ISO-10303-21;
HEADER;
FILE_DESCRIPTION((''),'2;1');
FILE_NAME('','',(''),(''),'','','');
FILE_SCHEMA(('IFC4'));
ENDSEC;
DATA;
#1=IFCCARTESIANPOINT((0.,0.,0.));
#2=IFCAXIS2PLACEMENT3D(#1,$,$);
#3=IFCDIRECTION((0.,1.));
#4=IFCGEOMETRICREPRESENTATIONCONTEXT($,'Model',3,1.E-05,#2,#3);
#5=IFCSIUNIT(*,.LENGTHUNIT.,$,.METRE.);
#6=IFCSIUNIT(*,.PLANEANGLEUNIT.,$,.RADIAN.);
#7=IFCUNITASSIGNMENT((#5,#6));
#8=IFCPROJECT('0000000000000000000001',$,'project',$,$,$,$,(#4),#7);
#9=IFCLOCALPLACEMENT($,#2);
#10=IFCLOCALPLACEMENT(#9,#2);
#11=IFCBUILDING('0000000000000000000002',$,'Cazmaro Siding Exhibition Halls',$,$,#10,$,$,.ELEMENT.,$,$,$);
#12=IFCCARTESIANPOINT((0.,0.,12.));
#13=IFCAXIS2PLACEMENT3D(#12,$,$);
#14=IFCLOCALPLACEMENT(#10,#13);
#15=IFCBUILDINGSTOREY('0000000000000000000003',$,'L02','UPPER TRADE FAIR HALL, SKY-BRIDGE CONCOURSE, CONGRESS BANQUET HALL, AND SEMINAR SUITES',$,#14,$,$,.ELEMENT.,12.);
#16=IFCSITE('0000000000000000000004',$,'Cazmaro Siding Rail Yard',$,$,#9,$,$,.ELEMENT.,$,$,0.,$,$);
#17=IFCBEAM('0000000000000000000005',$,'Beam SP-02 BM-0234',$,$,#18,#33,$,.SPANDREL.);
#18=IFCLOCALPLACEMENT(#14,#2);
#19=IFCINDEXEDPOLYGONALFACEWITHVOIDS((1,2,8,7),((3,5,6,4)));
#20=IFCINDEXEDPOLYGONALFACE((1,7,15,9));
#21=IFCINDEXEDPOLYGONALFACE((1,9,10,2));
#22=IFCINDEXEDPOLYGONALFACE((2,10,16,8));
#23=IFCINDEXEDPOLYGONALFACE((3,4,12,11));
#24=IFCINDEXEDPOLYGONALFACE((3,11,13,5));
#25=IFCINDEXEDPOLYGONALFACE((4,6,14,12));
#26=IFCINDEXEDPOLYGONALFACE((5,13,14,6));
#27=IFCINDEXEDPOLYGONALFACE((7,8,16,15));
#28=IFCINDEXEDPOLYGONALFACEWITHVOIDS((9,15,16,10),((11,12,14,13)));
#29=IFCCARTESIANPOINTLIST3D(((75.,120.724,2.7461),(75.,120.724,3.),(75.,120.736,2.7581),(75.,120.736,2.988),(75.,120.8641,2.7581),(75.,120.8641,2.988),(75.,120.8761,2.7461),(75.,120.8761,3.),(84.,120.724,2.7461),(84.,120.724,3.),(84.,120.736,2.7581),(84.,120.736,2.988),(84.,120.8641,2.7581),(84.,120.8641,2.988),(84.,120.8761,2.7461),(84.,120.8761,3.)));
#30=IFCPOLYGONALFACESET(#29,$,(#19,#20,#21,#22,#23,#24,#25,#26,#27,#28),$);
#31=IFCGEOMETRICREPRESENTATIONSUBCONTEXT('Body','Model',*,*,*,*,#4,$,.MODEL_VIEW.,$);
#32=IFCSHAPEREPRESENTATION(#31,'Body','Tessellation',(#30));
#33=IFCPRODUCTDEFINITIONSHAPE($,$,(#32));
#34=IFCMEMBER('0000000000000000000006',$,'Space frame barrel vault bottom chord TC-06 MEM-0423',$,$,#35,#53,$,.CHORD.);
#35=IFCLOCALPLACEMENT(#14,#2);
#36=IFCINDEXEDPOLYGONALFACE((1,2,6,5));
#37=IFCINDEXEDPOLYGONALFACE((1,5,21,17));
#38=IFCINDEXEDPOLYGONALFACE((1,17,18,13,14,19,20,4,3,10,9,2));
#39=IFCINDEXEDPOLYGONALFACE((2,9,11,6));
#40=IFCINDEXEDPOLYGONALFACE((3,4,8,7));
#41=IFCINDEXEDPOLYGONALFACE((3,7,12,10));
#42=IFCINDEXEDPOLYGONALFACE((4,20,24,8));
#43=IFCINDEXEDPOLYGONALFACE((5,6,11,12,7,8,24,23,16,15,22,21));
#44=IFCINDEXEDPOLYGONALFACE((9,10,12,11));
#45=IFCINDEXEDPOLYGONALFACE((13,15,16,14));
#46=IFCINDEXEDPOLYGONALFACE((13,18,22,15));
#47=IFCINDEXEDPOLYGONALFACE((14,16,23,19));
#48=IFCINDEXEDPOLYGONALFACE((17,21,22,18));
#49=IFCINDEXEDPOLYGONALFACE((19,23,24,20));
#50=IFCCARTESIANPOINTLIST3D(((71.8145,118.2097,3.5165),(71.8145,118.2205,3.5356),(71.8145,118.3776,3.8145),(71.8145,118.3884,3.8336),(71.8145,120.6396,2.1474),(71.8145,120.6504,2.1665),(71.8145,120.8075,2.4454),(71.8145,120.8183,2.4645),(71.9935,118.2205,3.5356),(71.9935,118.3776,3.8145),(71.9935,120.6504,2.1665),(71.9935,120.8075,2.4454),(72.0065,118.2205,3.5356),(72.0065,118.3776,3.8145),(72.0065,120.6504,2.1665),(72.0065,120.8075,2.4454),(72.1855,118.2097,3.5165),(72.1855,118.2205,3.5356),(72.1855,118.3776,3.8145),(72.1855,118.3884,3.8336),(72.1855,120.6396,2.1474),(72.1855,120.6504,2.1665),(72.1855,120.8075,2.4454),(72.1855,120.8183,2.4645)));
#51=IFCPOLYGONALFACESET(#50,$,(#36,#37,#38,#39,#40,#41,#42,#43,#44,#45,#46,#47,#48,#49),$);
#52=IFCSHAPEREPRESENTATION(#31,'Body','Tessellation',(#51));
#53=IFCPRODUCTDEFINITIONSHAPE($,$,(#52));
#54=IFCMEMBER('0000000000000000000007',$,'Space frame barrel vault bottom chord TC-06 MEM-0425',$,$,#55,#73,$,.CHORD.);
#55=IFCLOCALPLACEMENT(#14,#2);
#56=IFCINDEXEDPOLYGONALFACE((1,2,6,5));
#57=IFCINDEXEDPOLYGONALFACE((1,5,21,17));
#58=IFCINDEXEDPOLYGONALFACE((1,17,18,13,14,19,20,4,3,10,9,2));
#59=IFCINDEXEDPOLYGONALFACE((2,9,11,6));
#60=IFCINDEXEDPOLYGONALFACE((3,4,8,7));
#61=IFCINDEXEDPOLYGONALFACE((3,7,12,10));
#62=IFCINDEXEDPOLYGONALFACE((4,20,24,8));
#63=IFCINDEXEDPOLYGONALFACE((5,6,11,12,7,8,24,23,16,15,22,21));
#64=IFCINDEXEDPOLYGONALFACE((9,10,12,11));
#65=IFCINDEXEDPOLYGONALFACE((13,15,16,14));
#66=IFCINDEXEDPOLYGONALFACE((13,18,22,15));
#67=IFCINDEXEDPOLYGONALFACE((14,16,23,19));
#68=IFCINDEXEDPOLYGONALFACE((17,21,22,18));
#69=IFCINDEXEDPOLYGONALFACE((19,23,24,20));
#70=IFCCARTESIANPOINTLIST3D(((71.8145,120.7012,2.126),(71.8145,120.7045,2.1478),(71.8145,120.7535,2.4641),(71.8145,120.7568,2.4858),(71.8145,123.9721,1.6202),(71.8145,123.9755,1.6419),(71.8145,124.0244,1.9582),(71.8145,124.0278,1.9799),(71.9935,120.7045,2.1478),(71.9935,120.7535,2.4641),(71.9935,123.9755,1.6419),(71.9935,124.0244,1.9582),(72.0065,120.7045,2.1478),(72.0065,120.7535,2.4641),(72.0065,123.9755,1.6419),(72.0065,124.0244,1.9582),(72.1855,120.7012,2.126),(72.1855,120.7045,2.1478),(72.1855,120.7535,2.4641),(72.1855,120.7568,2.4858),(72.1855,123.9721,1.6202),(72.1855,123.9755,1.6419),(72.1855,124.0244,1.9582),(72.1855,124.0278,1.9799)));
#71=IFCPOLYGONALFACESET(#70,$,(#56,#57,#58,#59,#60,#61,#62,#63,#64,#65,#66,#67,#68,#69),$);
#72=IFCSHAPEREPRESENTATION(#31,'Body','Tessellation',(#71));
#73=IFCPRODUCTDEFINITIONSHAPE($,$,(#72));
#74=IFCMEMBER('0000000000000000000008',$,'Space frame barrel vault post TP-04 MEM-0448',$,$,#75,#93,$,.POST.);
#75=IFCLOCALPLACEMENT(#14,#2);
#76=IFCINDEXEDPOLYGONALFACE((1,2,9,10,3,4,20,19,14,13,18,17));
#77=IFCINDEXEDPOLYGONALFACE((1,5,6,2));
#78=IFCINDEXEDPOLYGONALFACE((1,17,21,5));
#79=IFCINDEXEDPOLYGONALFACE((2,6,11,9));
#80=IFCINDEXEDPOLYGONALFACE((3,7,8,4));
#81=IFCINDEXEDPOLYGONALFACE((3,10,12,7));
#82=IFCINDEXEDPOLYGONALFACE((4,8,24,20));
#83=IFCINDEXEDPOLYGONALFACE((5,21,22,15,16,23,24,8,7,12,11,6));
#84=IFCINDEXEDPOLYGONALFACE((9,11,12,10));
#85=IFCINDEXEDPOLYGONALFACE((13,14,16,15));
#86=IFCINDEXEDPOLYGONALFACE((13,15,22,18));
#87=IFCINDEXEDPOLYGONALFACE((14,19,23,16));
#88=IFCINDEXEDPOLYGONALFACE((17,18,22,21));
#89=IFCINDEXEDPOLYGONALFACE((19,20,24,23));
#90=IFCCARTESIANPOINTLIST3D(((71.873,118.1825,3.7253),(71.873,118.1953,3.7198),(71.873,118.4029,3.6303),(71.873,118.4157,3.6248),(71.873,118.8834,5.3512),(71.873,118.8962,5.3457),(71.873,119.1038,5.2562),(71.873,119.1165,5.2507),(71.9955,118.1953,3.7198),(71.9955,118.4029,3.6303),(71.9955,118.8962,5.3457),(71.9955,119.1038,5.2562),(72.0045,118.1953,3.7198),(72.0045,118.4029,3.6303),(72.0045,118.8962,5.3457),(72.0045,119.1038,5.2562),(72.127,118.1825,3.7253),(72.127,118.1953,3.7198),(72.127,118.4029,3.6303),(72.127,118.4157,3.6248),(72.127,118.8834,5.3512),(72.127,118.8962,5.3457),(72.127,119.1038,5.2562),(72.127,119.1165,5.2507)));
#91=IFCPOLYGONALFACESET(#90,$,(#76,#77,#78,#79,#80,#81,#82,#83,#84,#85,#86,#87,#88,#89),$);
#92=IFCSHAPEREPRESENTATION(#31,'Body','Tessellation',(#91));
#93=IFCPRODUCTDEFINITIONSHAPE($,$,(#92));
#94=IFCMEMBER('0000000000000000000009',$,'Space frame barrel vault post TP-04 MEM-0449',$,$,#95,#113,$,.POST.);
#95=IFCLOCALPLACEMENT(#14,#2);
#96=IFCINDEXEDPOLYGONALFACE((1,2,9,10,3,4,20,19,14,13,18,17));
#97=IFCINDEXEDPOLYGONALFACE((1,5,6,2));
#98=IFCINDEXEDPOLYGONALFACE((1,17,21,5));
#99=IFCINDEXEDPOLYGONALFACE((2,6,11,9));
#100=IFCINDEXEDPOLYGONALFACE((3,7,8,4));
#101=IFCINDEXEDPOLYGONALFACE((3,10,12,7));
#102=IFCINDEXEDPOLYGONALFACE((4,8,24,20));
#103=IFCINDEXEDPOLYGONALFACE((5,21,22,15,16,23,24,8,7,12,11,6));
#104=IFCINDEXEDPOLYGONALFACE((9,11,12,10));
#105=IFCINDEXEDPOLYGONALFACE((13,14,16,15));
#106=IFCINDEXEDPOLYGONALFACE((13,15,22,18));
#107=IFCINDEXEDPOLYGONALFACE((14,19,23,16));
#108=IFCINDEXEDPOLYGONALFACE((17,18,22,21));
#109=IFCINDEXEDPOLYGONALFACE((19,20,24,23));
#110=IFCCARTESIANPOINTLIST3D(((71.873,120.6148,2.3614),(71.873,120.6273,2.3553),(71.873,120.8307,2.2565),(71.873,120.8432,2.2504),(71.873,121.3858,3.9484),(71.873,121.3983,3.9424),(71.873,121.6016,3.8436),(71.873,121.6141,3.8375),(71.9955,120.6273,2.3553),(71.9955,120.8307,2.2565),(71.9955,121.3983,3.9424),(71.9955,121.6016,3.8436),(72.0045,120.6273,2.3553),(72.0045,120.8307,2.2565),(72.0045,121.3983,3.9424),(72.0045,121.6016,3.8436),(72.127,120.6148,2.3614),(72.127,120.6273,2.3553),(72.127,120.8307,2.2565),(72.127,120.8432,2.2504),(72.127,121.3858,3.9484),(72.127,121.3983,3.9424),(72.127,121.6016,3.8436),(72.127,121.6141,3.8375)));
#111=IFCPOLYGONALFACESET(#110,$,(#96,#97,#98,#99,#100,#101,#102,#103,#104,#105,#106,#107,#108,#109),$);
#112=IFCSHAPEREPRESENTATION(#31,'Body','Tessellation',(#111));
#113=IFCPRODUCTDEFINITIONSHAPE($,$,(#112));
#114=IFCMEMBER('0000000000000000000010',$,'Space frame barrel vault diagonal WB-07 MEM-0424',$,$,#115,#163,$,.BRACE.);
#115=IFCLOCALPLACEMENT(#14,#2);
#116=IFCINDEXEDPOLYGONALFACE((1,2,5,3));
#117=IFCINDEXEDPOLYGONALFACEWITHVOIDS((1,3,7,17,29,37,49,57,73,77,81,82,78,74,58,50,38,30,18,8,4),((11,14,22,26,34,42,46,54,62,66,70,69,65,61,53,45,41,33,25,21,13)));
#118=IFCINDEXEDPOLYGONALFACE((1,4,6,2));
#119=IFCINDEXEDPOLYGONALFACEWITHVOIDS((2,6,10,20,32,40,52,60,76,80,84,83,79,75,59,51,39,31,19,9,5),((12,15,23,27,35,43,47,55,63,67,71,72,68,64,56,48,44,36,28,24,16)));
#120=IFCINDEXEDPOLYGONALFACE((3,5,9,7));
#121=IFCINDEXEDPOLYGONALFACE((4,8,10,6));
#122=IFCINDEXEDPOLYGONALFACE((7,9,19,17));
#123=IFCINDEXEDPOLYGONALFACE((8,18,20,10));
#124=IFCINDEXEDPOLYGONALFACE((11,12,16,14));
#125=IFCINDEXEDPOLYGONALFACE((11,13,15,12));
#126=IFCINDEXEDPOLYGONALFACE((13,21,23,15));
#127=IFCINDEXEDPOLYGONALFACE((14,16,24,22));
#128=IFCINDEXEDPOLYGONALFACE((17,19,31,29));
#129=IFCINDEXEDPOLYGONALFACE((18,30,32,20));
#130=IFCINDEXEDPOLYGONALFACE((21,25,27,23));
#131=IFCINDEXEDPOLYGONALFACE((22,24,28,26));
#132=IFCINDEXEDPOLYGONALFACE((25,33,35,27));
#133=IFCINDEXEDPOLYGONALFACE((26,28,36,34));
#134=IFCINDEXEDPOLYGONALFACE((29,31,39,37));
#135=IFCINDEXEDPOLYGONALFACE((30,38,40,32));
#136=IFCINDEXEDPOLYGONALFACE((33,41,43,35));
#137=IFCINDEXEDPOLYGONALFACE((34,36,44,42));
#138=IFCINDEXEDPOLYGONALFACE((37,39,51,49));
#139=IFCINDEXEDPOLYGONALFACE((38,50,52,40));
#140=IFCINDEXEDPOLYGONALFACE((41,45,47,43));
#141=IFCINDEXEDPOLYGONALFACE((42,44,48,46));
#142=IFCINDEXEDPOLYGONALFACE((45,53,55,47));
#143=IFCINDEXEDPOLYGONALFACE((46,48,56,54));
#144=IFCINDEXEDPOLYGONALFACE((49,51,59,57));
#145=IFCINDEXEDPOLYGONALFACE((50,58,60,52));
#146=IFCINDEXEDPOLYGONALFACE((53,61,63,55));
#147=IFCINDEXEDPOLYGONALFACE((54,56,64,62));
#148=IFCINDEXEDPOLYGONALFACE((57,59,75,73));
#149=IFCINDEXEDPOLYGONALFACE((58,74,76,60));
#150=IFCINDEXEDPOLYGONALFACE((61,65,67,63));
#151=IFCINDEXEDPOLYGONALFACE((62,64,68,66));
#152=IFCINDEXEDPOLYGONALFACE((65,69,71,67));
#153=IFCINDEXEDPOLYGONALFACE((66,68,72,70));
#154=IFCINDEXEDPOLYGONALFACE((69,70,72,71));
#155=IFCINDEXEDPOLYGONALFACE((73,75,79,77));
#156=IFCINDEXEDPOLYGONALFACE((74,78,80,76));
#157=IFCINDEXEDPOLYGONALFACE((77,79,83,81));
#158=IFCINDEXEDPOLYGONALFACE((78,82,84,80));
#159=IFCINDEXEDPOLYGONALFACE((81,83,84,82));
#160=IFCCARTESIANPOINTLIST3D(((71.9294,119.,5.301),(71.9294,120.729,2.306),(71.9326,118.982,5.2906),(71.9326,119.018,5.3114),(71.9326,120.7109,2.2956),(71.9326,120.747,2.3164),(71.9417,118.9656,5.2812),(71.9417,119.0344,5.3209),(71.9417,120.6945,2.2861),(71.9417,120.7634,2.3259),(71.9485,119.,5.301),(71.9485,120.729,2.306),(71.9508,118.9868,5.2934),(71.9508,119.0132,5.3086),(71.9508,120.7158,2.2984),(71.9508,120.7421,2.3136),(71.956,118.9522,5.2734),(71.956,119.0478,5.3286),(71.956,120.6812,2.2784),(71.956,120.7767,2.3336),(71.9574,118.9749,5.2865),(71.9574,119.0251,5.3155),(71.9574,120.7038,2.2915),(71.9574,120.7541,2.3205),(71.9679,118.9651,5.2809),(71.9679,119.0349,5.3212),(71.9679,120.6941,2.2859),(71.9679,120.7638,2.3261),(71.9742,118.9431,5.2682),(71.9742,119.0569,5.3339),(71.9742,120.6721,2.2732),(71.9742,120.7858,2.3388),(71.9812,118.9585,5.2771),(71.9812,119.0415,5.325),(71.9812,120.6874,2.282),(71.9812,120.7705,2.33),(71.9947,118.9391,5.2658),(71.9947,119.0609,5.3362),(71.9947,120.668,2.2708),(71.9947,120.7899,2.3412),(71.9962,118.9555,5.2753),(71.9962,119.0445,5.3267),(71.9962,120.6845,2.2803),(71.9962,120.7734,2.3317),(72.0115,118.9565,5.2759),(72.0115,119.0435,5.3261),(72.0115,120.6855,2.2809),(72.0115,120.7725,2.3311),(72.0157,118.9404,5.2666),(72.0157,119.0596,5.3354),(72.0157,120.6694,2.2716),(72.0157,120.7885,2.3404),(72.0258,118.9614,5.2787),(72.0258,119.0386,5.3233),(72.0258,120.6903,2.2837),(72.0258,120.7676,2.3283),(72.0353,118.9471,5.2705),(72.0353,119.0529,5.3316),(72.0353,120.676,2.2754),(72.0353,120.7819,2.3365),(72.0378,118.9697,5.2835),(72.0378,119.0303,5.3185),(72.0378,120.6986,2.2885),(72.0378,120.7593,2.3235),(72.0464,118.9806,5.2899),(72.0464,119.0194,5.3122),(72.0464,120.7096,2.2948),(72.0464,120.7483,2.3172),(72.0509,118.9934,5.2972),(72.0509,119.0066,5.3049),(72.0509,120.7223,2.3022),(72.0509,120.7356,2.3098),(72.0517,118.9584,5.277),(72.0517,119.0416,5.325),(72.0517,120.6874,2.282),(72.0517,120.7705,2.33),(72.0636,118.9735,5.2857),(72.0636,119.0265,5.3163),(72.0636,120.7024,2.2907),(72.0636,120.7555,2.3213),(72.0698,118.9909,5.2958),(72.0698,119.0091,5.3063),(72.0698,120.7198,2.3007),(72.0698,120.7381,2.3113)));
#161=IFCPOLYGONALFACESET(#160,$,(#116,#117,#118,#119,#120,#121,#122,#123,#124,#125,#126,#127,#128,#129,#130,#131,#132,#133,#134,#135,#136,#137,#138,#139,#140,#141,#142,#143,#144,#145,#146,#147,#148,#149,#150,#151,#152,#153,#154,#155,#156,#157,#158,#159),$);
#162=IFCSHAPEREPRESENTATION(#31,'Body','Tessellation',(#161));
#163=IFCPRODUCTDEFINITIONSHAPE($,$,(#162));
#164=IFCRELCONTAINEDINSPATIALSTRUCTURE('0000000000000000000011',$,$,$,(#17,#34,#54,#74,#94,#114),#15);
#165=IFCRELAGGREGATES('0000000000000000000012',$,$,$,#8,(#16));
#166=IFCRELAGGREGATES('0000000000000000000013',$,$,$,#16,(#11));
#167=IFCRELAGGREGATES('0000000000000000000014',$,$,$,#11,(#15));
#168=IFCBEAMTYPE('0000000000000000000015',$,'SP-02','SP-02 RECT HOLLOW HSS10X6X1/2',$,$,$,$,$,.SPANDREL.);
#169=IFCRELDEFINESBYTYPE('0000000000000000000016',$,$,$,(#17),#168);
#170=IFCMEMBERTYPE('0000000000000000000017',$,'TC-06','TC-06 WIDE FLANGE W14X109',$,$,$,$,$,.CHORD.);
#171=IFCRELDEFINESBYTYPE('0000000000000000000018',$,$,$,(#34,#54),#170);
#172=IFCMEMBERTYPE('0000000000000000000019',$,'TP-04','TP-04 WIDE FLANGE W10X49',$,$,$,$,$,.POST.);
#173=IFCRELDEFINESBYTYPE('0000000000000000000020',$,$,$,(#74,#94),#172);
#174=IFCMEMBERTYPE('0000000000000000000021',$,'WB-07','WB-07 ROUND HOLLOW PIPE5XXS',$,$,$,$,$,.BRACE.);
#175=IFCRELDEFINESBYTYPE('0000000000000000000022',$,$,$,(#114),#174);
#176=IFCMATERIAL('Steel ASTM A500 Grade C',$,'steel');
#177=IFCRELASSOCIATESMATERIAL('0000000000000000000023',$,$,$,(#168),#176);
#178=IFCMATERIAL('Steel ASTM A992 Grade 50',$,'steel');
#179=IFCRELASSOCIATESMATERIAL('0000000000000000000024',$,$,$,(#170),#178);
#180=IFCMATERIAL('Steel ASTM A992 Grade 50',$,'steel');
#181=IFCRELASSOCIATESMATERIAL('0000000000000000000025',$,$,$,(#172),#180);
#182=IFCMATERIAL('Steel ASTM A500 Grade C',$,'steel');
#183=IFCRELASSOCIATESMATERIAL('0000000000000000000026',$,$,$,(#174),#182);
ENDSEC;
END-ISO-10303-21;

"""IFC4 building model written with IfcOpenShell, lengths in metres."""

from ifc_helpers import new_model, si_unit, direction, frame, origin, origin_2d, place, context, subcontext, project, spatial, hollow_rectangle, hollow_circle, i_section, extrude, material, material_profile, profile_set, type_object, element, save


model = new_model("IFC4")

# Units and contexts
model_context = context("Model", 3, precision=1e-05, world=origin(), true_north=direction((0.0, 1.0)))
body_context = subcontext(model_context, "Body", "Model", "MODEL_VIEW")
ifc_project = project(units=[si_unit("LENGTHUNIT", "METRE"), si_unit("PLANEANGLEUNIT", "RADIAN")], contexts=[model_context])

# Site, building, storey
site_placement = place(None, origin())
site = spatial("IfcSite", under=ifc_project, at=site_placement, Name="Cazmaro Siding Rail Yard", CompositionType="ELEMENT", RefElevation=0.0)
building_placement = place(site_placement, origin())
building = spatial("IfcBuilding", under=site, at=building_placement, Name="Cazmaro Siding Exhibition Halls", CompositionType="ELEMENT")
storey_placement = place(building_placement, frame((0.0, 0.0, 12.0)))
storey = spatial("IfcBuildingStorey", under=building, at=storey_placement, Name="L02", Description="UPPER TRADE FAIR HALL, SKY-BRIDGE CONCOURSE, CONGRESS BANQUET HALL, AND SEMINAR SUITES", CompositionType="ELEMENT", Elevation=12.0)

# Beam
ifc_material_1 = material(Name="Steel ASTM A500 Grade C", Category="steel")
ifc_material_profile_1 = material_profile(ifc_material_1, hollow_rectangle(XDim=0.1521, YDim=0.2539, WallThickness=0.012, at=origin_2d()), Name="HSS10X6X1/2")
ifc_profile_set_1 = profile_set([ifc_material_profile_1], Name="Steel ASTM A500 Grade C")
beam_type_1 = type_object("IfcBeamType", Name="SP-02", Description="SP-02 RECT HOLLOW HSS10X6X1/2", PredefinedType="SPANDREL", material=ifc_profile_set_1)
beam_1_placement = place(storey_placement, frame((75.0, 120.8, 2.873), z_axis=(1.0, 0.0, 0.0), x_axis=(0.0, 1.0, 0.0)))
element("IfcBeam", 1, at=beam_1_placement, inside=storey, type_object=beam_type_1, Name="Beam SP-02 BM-0234", PredefinedType="SPANDREL", context=body_context, shape_type="SweptSolid", body=[
    extrude(hollow_rectangle(XDim=0.1521, YDim=0.2539, WallThickness=0.012, at=origin_2d()), origin(), (0.0, 0.0, 1.0), 9.0),
])

# Members
ifc_material_2 = material(Name="Steel ASTM A992 Grade 50", Category="steel")
ifc_material_profile_2 = material_profile(ifc_material_2, i_section(OverallWidth=0.3711, OverallDepth=0.364, WebThickness=0.0129, FlangeThickness=0.022, at=origin_2d()), Name="W14X109")
ifc_profile_set_2 = profile_set([ifc_material_profile_2], Name="Steel ASTM A992 Grade 50")
member_type_1 = type_object("IfcMemberType", Name="TC-06", Description="TC-06 WIDE FLANGE W14X109", PredefinedType="CHORD", material=ifc_profile_set_2)
member_1_placement = place(storey_placement, frame((72.0, 118.2991, 3.675), z_axis=(0.0, 0.871222, -0.490889), x_axis=(-1.0, 0.0, 0.0)))
element("IfcMember", 2, at=member_1_placement, inside=storey, type_object=member_type_1, Name="Space frame barrel vault bottom chord TC-06 MEM-0423", PredefinedType="CHORD", context=body_context, shape_type="SweptSolid", body=[
    extrude(i_section(OverallWidth=0.3711, OverallDepth=0.364, WebThickness=0.0129, FlangeThickness=0.022, at=origin_2d()), origin(), (0.0, 0.0, 1.0), 2.7891),
])
member_2_placement = place(storey_placement, frame((72.0, 120.729, 2.3059), z_axis=(0.0, 0.988252, -0.152833), x_axis=(-1.0, 0.0, 0.0)))
element("IfcMember", 3, at=member_2_placement, inside=storey, type_object=member_type_1, Name="Space frame barrel vault bottom chord TC-06 MEM-0425", PredefinedType="CHORD", context=body_context, shape_type="SweptSolid", body=[
    extrude(i_section(OverallWidth=0.3711, OverallDepth=0.364, WebThickness=0.0129, FlangeThickness=0.022, at=origin_2d()), origin(), (0.0, 0.0, 1.0), 3.3098),
])
ifc_material_3 = material(Name="Steel ASTM A992 Grade 50", Category="steel")
ifc_material_profile_3 = material_profile(ifc_material_3, i_section(OverallWidth=0.2539, OverallDepth=0.2539, WebThickness=0.009, FlangeThickness=0.0139, at=origin_2d()), Name="W10X49")
ifc_profile_set_3 = profile_set([ifc_material_profile_3], Name="Steel ASTM A992 Grade 50")
member_type_2 = type_object("IfcMemberType", Name="TP-04", Description="TP-04 WIDE FLANGE W10X49", PredefinedType="POST", material=ifc_profile_set_3)
member_3_placement = place(storey_placement, frame((72.0, 118.2991, 3.675), z_axis=(0.0, 0.395865, 0.918309), x_axis=(-1.0, 0.0, 0.0)))
element("IfcMember", 4, at=member_3_placement, inside=storey, type_object=member_type_2, Name="Space frame barrel vault post TP-04 MEM-0448", PredefinedType="POST", context=body_context, shape_type="SweptSolid", body=[
    extrude(i_section(OverallWidth=0.2539, OverallDepth=0.2539, WebThickness=0.009, FlangeThickness=0.0139, at=origin_2d()), origin(), (0.0, 0.0, 1.0), 1.7705),
])
member_4_placement = place(storey_placement, frame((72.0, 120.729, 2.3059), z_axis=(0.0, 0.436946, 0.899488), x_axis=(-1.0, 0.0, 0.0)))
element("IfcMember", 5, at=member_4_placement, inside=storey, type_object=member_type_2, Name="Space frame barrel vault post TP-04 MEM-0449", PredefinedType="POST", context=body_context, shape_type="SweptSolid", body=[
    extrude(i_section(OverallWidth=0.2539, OverallDepth=0.2539, WebThickness=0.009, FlangeThickness=0.0139, at=origin_2d()), origin(), (0.0, 0.0, 1.0), 1.7644),
])
ifc_material_4 = material(Name="Steel ASTM A500 Grade C", Category="steel")
ifc_material_profile_4 = material_profile(ifc_material_4, hollow_circle(Radius=0.0706, WallThickness=0.019, at=origin_2d()), Name="PIPE5XXS")
ifc_profile_set_4 = profile_set([ifc_material_profile_4], Name="Steel ASTM A500 Grade C")
member_type_3 = type_object("IfcMemberType", Name="WB-07", Description="WB-07 ROUND HOLLOW PIPE5XXS", PredefinedType="BRACE", material=ifc_profile_set_4)
member_5_placement = place(storey_placement, frame((72.0, 119.0, 5.301), z_axis=(0.0, 0.499951, -0.866054), x_axis=(-1.0, 0.0, 0.0)))
element("IfcMember", 6, at=member_5_placement, inside=storey, type_object=member_type_3, Name="Space frame barrel vault diagonal WB-07 MEM-0424", PredefinedType="BRACE", context=body_context, shape_type="SweptSolid", body=[
    extrude(hollow_circle(Radius=0.0706, WallThickness=0.019, at=origin_2d()), origin(), (0.0, 0.0, 1.0), 3.4583),
])

save(model, "model.ifc")
